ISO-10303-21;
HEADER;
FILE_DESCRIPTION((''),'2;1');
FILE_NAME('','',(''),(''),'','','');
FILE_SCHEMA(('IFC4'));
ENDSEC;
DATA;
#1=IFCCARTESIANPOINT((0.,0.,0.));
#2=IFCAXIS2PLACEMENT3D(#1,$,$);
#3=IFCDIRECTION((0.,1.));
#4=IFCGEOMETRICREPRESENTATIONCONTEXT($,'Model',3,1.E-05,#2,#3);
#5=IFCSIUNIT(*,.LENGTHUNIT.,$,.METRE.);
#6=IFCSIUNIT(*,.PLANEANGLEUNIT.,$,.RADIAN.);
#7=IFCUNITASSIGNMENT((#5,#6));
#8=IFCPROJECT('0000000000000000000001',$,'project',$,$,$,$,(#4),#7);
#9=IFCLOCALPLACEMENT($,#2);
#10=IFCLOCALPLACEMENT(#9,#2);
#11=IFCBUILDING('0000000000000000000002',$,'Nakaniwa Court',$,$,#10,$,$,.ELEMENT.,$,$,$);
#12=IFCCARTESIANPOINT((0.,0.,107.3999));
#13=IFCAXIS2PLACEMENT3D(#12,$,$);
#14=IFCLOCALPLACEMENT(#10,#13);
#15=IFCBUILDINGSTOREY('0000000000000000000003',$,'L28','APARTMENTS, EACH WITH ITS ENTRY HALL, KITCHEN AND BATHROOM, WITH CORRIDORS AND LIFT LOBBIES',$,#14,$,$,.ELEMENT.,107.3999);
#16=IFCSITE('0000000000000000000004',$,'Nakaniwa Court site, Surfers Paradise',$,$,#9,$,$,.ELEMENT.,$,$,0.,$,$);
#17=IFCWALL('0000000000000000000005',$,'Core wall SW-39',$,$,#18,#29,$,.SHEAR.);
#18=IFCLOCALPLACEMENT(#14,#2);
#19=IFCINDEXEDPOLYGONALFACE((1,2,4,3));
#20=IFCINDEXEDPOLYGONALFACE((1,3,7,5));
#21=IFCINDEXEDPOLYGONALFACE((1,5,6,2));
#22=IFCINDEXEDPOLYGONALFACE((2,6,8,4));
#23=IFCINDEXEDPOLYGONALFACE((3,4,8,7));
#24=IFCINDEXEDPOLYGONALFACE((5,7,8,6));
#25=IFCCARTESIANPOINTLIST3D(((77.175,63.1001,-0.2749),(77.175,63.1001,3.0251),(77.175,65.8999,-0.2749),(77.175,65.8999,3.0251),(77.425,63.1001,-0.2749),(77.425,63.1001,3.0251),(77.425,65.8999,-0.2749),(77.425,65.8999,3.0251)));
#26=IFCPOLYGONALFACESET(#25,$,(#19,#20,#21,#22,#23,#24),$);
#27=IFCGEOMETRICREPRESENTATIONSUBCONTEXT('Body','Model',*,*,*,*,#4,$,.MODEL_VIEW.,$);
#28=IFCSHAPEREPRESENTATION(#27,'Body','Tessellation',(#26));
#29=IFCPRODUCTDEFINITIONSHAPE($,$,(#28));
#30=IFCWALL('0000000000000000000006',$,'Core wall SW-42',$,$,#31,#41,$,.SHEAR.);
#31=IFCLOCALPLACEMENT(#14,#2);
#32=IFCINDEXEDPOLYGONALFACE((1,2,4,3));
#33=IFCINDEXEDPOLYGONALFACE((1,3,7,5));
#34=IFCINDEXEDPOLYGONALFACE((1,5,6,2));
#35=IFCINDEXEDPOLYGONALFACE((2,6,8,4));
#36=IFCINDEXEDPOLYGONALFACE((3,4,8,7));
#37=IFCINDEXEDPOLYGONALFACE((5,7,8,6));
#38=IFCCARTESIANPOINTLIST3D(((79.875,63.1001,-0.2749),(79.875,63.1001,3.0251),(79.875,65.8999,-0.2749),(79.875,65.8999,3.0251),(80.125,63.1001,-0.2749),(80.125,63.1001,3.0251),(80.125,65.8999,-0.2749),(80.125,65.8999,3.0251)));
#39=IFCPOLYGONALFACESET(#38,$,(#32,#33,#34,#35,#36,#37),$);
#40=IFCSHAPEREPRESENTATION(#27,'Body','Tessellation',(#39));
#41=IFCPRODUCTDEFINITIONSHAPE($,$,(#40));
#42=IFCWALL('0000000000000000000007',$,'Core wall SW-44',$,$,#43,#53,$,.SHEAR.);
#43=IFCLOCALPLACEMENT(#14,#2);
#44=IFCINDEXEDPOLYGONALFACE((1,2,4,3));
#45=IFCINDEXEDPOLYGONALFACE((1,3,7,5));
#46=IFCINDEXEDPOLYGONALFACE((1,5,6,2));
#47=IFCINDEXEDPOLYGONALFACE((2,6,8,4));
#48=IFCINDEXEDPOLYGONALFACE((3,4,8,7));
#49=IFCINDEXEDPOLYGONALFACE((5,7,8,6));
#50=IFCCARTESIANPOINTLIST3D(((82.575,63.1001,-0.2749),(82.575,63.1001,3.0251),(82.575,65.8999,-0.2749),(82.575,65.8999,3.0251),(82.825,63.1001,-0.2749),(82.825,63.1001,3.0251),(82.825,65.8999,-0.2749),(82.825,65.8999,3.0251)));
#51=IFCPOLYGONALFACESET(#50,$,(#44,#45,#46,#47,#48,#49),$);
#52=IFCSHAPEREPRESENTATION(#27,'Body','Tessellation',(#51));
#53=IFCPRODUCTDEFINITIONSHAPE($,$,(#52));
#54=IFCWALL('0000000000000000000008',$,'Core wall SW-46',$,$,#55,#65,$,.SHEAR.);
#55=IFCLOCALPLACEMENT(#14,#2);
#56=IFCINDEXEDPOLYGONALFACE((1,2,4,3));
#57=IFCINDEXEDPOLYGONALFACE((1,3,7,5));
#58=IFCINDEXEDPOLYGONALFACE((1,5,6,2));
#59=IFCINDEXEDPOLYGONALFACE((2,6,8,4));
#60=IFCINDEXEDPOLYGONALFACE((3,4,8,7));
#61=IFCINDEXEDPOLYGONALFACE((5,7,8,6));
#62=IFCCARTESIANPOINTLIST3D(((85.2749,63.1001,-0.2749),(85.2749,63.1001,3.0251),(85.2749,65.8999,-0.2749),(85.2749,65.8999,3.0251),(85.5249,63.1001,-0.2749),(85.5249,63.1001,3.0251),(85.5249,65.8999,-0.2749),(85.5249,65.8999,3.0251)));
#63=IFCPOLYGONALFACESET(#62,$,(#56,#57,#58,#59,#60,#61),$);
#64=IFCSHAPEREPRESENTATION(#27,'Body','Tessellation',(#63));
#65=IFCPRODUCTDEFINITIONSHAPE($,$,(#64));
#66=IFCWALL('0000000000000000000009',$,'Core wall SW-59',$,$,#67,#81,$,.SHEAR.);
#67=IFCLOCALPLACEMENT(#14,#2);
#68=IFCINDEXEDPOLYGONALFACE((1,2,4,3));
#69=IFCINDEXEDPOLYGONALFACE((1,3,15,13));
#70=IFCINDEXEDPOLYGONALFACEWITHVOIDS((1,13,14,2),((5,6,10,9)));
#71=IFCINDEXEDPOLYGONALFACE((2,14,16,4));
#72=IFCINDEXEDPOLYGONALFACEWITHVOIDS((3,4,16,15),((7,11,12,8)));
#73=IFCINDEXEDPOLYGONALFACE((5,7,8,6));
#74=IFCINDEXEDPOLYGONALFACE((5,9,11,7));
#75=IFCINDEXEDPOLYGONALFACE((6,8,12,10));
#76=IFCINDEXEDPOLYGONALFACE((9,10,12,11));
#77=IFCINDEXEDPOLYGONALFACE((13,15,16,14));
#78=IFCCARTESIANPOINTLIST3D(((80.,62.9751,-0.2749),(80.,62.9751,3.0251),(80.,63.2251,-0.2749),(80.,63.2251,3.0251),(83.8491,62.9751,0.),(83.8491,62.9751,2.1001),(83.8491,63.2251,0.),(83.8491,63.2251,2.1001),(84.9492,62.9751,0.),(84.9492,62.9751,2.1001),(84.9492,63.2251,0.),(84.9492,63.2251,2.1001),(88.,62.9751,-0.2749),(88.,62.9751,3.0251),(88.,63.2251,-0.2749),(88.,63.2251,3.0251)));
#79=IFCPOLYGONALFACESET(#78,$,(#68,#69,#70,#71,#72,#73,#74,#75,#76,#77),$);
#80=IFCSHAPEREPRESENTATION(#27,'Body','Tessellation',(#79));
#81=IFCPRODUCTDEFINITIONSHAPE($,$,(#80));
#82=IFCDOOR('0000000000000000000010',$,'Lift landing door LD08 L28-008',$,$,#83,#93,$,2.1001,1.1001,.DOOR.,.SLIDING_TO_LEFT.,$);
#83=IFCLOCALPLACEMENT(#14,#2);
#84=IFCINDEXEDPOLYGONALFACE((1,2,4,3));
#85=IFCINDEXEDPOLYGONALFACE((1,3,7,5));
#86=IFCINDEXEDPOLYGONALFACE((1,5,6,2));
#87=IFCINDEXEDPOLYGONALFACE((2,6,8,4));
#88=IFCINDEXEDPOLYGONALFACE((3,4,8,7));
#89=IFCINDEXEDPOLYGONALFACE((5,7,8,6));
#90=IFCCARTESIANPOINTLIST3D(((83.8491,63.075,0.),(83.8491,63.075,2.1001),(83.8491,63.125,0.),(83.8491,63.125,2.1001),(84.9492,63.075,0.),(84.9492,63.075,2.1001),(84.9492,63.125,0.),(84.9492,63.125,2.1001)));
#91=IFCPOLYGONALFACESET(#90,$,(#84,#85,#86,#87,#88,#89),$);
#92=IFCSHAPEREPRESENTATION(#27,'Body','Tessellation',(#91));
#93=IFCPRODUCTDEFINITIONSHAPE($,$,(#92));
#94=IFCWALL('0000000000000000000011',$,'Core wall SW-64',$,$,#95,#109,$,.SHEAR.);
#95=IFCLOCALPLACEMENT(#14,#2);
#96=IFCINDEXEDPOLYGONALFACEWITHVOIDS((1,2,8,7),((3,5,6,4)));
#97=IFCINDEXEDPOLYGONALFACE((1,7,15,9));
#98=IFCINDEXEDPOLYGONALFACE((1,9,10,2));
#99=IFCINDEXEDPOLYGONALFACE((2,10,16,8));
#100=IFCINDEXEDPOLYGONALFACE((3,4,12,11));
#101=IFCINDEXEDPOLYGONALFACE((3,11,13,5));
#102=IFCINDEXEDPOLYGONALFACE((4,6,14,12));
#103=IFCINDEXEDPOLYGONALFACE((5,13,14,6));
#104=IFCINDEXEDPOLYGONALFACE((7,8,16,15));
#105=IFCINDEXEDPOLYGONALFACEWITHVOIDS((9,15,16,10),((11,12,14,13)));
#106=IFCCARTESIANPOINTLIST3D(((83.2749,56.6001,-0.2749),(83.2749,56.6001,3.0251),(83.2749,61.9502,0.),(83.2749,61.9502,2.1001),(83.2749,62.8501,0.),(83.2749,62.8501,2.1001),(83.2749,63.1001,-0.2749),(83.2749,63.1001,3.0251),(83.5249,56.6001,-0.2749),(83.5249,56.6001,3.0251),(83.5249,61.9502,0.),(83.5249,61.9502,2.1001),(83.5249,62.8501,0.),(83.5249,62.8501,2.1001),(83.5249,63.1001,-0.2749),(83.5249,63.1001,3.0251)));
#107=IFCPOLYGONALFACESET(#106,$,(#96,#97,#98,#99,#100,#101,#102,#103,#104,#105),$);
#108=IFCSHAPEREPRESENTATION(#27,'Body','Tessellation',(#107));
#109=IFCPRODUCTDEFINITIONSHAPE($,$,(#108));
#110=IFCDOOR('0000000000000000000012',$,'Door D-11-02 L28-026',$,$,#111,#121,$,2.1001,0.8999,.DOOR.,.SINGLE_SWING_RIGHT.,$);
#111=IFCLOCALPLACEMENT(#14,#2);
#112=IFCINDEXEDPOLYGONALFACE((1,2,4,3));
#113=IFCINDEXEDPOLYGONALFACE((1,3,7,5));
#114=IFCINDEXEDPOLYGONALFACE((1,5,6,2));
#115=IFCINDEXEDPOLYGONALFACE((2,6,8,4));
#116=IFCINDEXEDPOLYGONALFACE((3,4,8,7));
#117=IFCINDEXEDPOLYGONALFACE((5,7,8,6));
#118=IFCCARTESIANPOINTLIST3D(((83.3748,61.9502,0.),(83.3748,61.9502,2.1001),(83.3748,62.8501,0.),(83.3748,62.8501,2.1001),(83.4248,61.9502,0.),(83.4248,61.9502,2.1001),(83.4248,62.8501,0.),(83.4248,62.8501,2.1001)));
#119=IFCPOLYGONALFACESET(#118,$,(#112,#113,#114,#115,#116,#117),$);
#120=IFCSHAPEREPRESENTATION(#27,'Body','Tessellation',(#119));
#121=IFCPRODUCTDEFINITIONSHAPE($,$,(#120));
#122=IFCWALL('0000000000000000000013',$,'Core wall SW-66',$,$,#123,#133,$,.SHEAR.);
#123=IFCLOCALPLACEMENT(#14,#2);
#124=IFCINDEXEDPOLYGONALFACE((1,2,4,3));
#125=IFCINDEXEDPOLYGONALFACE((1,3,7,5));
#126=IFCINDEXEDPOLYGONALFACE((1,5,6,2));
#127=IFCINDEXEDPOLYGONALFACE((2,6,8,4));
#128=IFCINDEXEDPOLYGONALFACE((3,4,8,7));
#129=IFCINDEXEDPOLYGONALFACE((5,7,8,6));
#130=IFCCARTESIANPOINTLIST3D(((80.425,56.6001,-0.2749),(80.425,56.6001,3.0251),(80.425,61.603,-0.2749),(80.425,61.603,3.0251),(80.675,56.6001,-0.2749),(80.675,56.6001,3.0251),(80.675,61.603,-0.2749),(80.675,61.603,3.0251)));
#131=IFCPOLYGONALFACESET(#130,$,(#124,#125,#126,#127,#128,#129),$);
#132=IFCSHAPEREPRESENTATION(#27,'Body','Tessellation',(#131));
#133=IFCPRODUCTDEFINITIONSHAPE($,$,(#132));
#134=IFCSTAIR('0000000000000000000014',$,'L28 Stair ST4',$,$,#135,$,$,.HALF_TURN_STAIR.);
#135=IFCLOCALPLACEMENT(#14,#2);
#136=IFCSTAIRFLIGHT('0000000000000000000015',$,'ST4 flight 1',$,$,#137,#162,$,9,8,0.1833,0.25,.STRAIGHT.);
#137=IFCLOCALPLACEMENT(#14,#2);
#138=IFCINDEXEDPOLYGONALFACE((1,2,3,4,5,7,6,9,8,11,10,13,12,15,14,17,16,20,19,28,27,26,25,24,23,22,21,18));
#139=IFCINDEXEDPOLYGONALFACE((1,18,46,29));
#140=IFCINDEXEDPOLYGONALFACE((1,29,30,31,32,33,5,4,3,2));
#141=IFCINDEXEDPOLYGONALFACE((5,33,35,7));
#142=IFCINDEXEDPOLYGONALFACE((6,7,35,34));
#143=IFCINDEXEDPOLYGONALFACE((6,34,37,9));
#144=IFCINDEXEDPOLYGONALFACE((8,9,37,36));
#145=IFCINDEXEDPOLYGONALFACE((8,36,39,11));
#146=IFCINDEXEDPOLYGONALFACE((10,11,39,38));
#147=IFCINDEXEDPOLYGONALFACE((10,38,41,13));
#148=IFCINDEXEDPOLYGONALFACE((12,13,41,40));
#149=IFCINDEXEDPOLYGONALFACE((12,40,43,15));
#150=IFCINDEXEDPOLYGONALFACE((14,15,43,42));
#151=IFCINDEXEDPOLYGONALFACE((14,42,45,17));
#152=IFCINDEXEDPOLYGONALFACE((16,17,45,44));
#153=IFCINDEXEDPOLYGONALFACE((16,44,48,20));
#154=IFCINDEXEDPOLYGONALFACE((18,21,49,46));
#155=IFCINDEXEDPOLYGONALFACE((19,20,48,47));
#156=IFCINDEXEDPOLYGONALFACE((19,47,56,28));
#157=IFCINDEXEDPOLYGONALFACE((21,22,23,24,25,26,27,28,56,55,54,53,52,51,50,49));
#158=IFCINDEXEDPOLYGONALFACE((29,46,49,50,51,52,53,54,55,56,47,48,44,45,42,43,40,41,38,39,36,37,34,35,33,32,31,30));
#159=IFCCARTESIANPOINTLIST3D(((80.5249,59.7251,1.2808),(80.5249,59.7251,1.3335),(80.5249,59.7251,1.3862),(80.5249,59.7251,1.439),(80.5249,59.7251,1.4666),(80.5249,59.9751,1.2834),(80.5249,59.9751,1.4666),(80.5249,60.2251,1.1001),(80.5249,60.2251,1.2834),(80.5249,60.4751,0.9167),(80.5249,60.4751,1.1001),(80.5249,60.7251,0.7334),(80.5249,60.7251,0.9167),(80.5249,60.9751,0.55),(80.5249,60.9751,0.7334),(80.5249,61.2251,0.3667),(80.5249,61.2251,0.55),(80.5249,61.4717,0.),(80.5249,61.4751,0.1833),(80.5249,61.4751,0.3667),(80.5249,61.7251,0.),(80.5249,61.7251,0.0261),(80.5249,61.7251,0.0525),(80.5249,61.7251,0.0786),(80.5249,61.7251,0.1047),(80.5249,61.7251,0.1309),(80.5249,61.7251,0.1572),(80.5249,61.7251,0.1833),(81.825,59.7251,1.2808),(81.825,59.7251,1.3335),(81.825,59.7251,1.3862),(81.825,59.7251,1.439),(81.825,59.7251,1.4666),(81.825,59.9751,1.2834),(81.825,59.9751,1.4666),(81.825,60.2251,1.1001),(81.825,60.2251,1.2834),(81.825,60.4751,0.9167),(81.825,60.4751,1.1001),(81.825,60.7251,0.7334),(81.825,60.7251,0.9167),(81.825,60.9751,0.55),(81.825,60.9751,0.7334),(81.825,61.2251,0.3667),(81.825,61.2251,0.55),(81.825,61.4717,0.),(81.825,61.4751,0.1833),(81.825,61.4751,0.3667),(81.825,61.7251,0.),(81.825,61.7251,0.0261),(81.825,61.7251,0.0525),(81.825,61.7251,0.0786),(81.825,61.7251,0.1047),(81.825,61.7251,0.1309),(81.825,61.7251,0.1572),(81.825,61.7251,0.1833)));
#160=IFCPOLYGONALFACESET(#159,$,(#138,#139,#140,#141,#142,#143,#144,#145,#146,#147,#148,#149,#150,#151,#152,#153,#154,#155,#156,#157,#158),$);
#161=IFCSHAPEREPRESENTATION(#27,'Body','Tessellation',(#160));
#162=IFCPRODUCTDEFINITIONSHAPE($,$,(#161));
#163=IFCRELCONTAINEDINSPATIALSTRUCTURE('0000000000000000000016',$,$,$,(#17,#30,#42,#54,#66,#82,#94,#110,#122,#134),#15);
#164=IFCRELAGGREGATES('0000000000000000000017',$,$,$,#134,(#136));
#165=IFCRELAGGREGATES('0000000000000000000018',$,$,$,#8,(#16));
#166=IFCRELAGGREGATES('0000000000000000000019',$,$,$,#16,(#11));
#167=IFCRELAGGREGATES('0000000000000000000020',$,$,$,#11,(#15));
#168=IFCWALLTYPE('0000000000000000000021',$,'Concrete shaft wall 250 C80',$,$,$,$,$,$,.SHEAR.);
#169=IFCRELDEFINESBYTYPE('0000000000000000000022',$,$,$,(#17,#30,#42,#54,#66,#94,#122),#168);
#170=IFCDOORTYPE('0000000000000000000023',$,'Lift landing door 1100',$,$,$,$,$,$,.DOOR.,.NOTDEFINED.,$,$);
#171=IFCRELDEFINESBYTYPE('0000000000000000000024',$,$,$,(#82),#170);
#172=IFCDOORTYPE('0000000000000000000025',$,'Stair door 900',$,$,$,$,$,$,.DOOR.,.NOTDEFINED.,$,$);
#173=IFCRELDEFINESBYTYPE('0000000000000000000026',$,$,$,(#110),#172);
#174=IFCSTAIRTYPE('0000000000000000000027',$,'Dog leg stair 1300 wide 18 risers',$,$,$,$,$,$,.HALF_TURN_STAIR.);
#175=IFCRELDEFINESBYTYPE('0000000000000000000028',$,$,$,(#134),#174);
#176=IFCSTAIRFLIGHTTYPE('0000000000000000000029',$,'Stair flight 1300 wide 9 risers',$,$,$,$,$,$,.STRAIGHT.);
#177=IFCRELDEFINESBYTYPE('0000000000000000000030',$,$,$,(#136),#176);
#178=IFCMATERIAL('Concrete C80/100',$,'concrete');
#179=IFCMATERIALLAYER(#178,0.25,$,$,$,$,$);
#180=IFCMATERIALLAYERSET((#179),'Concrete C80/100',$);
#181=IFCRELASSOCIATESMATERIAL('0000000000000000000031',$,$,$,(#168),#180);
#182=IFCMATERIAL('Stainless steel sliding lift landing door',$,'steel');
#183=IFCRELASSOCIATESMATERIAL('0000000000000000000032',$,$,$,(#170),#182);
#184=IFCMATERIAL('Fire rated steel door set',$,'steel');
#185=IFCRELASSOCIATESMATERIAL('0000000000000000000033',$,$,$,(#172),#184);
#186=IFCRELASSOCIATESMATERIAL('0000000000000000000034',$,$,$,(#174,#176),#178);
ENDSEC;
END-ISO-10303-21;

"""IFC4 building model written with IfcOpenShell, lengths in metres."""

from ifc_helpers import new_model, si_unit, direction, frame, frame_2d, origin, place, context, subcontext, project, spatial, polyline, rectangle, outline, extrude, material, layer, layer_set, type_object, element, fill, aggregate, save


model = new_model("IFC4")

# Units and contexts
model_context = context("Model", 3, precision=1e-05, world=origin(), true_north=direction((0.0, 1.0)))
body_context = subcontext(model_context, "Body", "Model", "MODEL_VIEW")
ifc_project = project(units=[si_unit("LENGTHUNIT", "METRE"), si_unit("PLANEANGLEUNIT", "RADIAN")], contexts=[model_context])

# Site, building, storey
site_placement = place(None, origin())
site = spatial("IfcSite", under=ifc_project, at=site_placement, Name="Nakaniwa Court site, Surfers Paradise", CompositionType="ELEMENT", RefElevation=0.0)
building_placement = place(site_placement, origin())
building = spatial("IfcBuilding", under=site, at=building_placement, Name="Nakaniwa Court", CompositionType="ELEMENT")
storey_placement = place(building_placement, frame((0.0, 0.0, 107.3999)))
storey = spatial("IfcBuildingStorey", under=building, at=storey_placement, Name="L28", Description="APARTMENTS, EACH WITH ITS ENTRY HALL, KITCHEN AND BATHROOM, WITH CORRIDORS AND LIFT LOBBIES", CompositionType="ELEMENT", Elevation=107.3999)

# Shared definitions
ifc_material_1 = material(Name="Concrete C80/100", Category="concrete")

# Shared definitions
ifc_material_2 = material(Name="Fire rated steel door set", Category="steel")

# Walls
ifc_layer_1 = layer(ifc_material_1, 0.25)
ifc_layer_set_1 = layer_set([ifc_layer_1], Name="Concrete C80/100")
wall_type_1 = type_object("IfcWallType", Name="Concrete shaft wall 250 C80", PredefinedType="SHEAR", material=ifc_layer_set_1)
for number, where, z_axis, x_axis, name in (
    (1, (77.3, 63.1001, -0.2749), (0.0, 0.0, 1.0), (0.0, 1.0, 0.0), "Core wall SW-39"),
    (2, (80.0, 63.1001, -0.2749), (0.0, 0.0, 1.0), (0.0, 1.0, 0.0), "Core wall SW-42"),
    (3, (82.7, 63.1001, -0.2749), (0.0, 0.0, 1.0), (0.0, 1.0, 0.0), "Core wall SW-44"),
    (4, (85.3999, 63.1001, -0.2749), (0.0, 0.0, 1.0), (0.0, 1.0, 0.0), "Core wall SW-46"),
):
    element("IfcWall", number, at=place(storey_placement, frame(where, z_axis=z_axis, x_axis=x_axis)), inside=storey, type_object=wall_type_1, Name=name, PredefinedType="SHEAR", context=body_context, shape_type="SweptSolid", body=[
        extrude(rectangle(XDim=2.7998, YDim=0.25, at=frame_2d((1.3999, 0.0))), origin(), (0.0, 0.0, 1.0), 3.3),
    ])

# Walls, openings, doors
wall_1_placement = place(storey_placement, frame((80.0, 63.1001, -0.2749), z_axis=(0.0, 0.0, 1.0), x_axis=(1.0, 0.0, 0.0)))
wall_1 = element("IfcWall", 5, at=wall_1_placement, inside=storey, type_object=wall_type_1, Name="Core wall SW-59", PredefinedType="SHEAR", context=body_context, shape_type="SweptSolid", body=[
    extrude(rectangle(XDim=8.0, YDim=0.25, at=frame_2d((4.0, 0.0))), origin(), (0.0, 0.0, 1.0), 3.3),
])
opening_1_placement = place(wall_1_placement, frame((3.8491, 0.0, 0.2749)))
opening_1 = element("IfcOpeningElement", 6, at=opening_1_placement, cuts=wall_1, PredefinedType="OPENING", context=body_context, shape_type="SweptSolid", body=[
    extrude(rectangle(XDim=1.1001, YDim=2.1001, at=frame_2d((0.55, 1.05))), frame((0.0, 0.135, 0.0), z_axis=(0.0, -1.0, 0.0), x_axis=(1.0, 0.0, 0.0)), (0.0, 0.0, 1.0), 0.27),
])
ifc_material_3 = material(Name="Stainless steel sliding lift landing door", Category="steel")
door_type_1 = type_object("IfcDoorType", Name="Lift landing door 1100", OperationType="NOTDEFINED", PredefinedType="DOOR", material=ifc_material_3)
door_1_placement = place(opening_1_placement, origin())
door_1 = element("IfcDoor", 7, at=door_1_placement, inside=storey, type_object=door_type_1, Name="Lift landing door LD08 L28-008", OperationType="SLIDING_TO_LEFT", OverallHeight=2.1001, OverallWidth=1.1001, PredefinedType="DOOR", context=body_context, shape_type="SweptSolid", body=[
    extrude(rectangle(XDim=1.1001, YDim=2.1001, at=frame_2d((0.55, 1.05))), frame((0.0, 0.0249, 0.0), z_axis=(0.0, -1.0, 0.0), x_axis=(1.0, 0.0, 0.0)), (0.0, 0.0, 1.0), 0.05),
])
fill(opening_1, door_1)
wall_2_placement = place(storey_placement, frame((83.3999, 63.1001, -0.2749), z_axis=(0.0, 0.0, 1.0), x_axis=(0.0, -1.0, 0.0)))
wall_2 = element("IfcWall", 8, at=wall_2_placement, inside=storey, type_object=wall_type_1, Name="Core wall SW-64", PredefinedType="SHEAR", context=body_context, shape_type="SweptSolid", body=[
    extrude(rectangle(XDim=6.5, YDim=0.25, at=frame_2d((3.25, 0.0))), origin(), (0.0, 0.0, 1.0), 3.3),
])
opening_2_placement = place(wall_2_placement, frame((0.25, 0.0, 0.2749)))
opening_2 = element("IfcOpeningElement", 9, at=opening_2_placement, cuts=wall_2, PredefinedType="OPENING", context=body_context, shape_type="SweptSolid", body=[
    extrude(rectangle(XDim=0.8999, YDim=2.1001, at=frame_2d((0.45, 1.05))), frame((0.0, 0.135, 0.0), z_axis=(0.0, -1.0, 0.0), x_axis=(1.0, 0.0, 0.0)), (0.0, 0.0, 1.0), 0.27),
])
door_type_2 = type_object("IfcDoorType", Name="Stair door 900", OperationType="NOTDEFINED", PredefinedType="DOOR", material=ifc_material_2)
door_2_placement = place(opening_2_placement, origin())
door_2 = element("IfcDoor", 10, at=door_2_placement, inside=storey, type_object=door_type_2, Name="Door D-11-02 L28-026", OperationType="SINGLE_SWING_RIGHT", OverallHeight=2.1001, OverallWidth=0.8999, PredefinedType="DOOR", context=body_context, shape_type="SweptSolid", body=[
    extrude(rectangle(XDim=0.8999, YDim=2.1001, at=frame_2d((0.45, 1.05))), frame((0.0, 0.0249, 0.0), z_axis=(0.0, -1.0, 0.0), x_axis=(1.0, 0.0, 0.0)), (0.0, 0.0, 1.0), 0.05),
])
fill(opening_2, door_2)

# Wall
wall_3_placement = place(storey_placement, frame((80.55, 56.6001, -0.2749), z_axis=(0.0, 0.0, 1.0), x_axis=(0.0, 1.0, 0.0)))
element("IfcWall", 11, at=wall_3_placement, inside=storey, type_object=wall_type_1, Name="Core wall SW-66", PredefinedType="SHEAR", context=body_context, shape_type="SweptSolid", body=[
    extrude(rectangle(XDim=5.0029, YDim=0.25, at=frame_2d((2.5015, 0.0))), origin(), (0.0, 0.0, 1.0), 3.3),
])

# Stair, stair flight
stair_type = type_object("IfcStairType", Name="Dog leg stair 1300 wide 18 risers", PredefinedType="HALF_TURN_STAIR", material=ifc_material_1)
stair_placement = place(storey_placement, origin())
stair = element("IfcStair", 12, at=stair_placement, inside=storey, type_object=stair_type, Name="L28 Stair ST4", PredefinedType="HALF_TURN_STAIR")
stair_flight_type = type_object("IfcStairFlightType", Name="Stair flight 1300 wide 9 risers", PredefinedType="STRAIGHT", material=ifc_material_1)
stair_flight_1_placement = place(storey_placement, frame((81.175, 61.7251, 0.0), z_axis=(0.0, 0.0, 1.0), x_axis=(0.0, -1.0, 0.0)))
stair_flight_1 = element("IfcStairFlight", 13, at=stair_flight_1_placement, type_object=stair_flight_type, Name="ST4 flight 1", NumberOfRisers=9, NumberOfTreads=8, PredefinedType="STRAIGHT", RiserHeight=0.1833, TreadLength=0.25, context=body_context, shape_type="SweptSolid", body=[
    extrude(outline(polyline([(0.0, 0.0), (0.0, 0.0261), (0.0, 0.0525), (0.0, 0.0786), (0.0, 0.1047), (0.0, 0.1309), (0.0, 0.1572), (0.0, 0.1833), (0.25, 0.1833), (0.25, 0.3667), (0.5, 0.3667), (0.5, 0.55), (0.75, 0.55), (0.75, 0.7334), (1.0, 0.7334), (1.0, 0.9167), (1.25, 0.9167), (1.25, 1.1001), (1.5, 1.1001), (1.5, 1.2834), (1.75, 1.2834), (1.75, 1.4666), (2.0, 1.4666), (2.0, 1.6499), (2.0, 1.5972), (2.0, 1.5444), (2.0, 1.4917), (2.0, 1.439), (2.0, 1.3862), (2.0, 1.3335), (2.0, 1.2808), (0.2534, 0.0), (0.0, 0.0)])), frame((0.0, 0.6499, 0.0), z_axis=(0.0, -1.0, 0.0), x_axis=(1.0, 0.0, 0.0)), (0.0, 0.0, 1.0), 1.3),
])
aggregate(stair, [stair_flight_1])

save(model, "model.ifc")
